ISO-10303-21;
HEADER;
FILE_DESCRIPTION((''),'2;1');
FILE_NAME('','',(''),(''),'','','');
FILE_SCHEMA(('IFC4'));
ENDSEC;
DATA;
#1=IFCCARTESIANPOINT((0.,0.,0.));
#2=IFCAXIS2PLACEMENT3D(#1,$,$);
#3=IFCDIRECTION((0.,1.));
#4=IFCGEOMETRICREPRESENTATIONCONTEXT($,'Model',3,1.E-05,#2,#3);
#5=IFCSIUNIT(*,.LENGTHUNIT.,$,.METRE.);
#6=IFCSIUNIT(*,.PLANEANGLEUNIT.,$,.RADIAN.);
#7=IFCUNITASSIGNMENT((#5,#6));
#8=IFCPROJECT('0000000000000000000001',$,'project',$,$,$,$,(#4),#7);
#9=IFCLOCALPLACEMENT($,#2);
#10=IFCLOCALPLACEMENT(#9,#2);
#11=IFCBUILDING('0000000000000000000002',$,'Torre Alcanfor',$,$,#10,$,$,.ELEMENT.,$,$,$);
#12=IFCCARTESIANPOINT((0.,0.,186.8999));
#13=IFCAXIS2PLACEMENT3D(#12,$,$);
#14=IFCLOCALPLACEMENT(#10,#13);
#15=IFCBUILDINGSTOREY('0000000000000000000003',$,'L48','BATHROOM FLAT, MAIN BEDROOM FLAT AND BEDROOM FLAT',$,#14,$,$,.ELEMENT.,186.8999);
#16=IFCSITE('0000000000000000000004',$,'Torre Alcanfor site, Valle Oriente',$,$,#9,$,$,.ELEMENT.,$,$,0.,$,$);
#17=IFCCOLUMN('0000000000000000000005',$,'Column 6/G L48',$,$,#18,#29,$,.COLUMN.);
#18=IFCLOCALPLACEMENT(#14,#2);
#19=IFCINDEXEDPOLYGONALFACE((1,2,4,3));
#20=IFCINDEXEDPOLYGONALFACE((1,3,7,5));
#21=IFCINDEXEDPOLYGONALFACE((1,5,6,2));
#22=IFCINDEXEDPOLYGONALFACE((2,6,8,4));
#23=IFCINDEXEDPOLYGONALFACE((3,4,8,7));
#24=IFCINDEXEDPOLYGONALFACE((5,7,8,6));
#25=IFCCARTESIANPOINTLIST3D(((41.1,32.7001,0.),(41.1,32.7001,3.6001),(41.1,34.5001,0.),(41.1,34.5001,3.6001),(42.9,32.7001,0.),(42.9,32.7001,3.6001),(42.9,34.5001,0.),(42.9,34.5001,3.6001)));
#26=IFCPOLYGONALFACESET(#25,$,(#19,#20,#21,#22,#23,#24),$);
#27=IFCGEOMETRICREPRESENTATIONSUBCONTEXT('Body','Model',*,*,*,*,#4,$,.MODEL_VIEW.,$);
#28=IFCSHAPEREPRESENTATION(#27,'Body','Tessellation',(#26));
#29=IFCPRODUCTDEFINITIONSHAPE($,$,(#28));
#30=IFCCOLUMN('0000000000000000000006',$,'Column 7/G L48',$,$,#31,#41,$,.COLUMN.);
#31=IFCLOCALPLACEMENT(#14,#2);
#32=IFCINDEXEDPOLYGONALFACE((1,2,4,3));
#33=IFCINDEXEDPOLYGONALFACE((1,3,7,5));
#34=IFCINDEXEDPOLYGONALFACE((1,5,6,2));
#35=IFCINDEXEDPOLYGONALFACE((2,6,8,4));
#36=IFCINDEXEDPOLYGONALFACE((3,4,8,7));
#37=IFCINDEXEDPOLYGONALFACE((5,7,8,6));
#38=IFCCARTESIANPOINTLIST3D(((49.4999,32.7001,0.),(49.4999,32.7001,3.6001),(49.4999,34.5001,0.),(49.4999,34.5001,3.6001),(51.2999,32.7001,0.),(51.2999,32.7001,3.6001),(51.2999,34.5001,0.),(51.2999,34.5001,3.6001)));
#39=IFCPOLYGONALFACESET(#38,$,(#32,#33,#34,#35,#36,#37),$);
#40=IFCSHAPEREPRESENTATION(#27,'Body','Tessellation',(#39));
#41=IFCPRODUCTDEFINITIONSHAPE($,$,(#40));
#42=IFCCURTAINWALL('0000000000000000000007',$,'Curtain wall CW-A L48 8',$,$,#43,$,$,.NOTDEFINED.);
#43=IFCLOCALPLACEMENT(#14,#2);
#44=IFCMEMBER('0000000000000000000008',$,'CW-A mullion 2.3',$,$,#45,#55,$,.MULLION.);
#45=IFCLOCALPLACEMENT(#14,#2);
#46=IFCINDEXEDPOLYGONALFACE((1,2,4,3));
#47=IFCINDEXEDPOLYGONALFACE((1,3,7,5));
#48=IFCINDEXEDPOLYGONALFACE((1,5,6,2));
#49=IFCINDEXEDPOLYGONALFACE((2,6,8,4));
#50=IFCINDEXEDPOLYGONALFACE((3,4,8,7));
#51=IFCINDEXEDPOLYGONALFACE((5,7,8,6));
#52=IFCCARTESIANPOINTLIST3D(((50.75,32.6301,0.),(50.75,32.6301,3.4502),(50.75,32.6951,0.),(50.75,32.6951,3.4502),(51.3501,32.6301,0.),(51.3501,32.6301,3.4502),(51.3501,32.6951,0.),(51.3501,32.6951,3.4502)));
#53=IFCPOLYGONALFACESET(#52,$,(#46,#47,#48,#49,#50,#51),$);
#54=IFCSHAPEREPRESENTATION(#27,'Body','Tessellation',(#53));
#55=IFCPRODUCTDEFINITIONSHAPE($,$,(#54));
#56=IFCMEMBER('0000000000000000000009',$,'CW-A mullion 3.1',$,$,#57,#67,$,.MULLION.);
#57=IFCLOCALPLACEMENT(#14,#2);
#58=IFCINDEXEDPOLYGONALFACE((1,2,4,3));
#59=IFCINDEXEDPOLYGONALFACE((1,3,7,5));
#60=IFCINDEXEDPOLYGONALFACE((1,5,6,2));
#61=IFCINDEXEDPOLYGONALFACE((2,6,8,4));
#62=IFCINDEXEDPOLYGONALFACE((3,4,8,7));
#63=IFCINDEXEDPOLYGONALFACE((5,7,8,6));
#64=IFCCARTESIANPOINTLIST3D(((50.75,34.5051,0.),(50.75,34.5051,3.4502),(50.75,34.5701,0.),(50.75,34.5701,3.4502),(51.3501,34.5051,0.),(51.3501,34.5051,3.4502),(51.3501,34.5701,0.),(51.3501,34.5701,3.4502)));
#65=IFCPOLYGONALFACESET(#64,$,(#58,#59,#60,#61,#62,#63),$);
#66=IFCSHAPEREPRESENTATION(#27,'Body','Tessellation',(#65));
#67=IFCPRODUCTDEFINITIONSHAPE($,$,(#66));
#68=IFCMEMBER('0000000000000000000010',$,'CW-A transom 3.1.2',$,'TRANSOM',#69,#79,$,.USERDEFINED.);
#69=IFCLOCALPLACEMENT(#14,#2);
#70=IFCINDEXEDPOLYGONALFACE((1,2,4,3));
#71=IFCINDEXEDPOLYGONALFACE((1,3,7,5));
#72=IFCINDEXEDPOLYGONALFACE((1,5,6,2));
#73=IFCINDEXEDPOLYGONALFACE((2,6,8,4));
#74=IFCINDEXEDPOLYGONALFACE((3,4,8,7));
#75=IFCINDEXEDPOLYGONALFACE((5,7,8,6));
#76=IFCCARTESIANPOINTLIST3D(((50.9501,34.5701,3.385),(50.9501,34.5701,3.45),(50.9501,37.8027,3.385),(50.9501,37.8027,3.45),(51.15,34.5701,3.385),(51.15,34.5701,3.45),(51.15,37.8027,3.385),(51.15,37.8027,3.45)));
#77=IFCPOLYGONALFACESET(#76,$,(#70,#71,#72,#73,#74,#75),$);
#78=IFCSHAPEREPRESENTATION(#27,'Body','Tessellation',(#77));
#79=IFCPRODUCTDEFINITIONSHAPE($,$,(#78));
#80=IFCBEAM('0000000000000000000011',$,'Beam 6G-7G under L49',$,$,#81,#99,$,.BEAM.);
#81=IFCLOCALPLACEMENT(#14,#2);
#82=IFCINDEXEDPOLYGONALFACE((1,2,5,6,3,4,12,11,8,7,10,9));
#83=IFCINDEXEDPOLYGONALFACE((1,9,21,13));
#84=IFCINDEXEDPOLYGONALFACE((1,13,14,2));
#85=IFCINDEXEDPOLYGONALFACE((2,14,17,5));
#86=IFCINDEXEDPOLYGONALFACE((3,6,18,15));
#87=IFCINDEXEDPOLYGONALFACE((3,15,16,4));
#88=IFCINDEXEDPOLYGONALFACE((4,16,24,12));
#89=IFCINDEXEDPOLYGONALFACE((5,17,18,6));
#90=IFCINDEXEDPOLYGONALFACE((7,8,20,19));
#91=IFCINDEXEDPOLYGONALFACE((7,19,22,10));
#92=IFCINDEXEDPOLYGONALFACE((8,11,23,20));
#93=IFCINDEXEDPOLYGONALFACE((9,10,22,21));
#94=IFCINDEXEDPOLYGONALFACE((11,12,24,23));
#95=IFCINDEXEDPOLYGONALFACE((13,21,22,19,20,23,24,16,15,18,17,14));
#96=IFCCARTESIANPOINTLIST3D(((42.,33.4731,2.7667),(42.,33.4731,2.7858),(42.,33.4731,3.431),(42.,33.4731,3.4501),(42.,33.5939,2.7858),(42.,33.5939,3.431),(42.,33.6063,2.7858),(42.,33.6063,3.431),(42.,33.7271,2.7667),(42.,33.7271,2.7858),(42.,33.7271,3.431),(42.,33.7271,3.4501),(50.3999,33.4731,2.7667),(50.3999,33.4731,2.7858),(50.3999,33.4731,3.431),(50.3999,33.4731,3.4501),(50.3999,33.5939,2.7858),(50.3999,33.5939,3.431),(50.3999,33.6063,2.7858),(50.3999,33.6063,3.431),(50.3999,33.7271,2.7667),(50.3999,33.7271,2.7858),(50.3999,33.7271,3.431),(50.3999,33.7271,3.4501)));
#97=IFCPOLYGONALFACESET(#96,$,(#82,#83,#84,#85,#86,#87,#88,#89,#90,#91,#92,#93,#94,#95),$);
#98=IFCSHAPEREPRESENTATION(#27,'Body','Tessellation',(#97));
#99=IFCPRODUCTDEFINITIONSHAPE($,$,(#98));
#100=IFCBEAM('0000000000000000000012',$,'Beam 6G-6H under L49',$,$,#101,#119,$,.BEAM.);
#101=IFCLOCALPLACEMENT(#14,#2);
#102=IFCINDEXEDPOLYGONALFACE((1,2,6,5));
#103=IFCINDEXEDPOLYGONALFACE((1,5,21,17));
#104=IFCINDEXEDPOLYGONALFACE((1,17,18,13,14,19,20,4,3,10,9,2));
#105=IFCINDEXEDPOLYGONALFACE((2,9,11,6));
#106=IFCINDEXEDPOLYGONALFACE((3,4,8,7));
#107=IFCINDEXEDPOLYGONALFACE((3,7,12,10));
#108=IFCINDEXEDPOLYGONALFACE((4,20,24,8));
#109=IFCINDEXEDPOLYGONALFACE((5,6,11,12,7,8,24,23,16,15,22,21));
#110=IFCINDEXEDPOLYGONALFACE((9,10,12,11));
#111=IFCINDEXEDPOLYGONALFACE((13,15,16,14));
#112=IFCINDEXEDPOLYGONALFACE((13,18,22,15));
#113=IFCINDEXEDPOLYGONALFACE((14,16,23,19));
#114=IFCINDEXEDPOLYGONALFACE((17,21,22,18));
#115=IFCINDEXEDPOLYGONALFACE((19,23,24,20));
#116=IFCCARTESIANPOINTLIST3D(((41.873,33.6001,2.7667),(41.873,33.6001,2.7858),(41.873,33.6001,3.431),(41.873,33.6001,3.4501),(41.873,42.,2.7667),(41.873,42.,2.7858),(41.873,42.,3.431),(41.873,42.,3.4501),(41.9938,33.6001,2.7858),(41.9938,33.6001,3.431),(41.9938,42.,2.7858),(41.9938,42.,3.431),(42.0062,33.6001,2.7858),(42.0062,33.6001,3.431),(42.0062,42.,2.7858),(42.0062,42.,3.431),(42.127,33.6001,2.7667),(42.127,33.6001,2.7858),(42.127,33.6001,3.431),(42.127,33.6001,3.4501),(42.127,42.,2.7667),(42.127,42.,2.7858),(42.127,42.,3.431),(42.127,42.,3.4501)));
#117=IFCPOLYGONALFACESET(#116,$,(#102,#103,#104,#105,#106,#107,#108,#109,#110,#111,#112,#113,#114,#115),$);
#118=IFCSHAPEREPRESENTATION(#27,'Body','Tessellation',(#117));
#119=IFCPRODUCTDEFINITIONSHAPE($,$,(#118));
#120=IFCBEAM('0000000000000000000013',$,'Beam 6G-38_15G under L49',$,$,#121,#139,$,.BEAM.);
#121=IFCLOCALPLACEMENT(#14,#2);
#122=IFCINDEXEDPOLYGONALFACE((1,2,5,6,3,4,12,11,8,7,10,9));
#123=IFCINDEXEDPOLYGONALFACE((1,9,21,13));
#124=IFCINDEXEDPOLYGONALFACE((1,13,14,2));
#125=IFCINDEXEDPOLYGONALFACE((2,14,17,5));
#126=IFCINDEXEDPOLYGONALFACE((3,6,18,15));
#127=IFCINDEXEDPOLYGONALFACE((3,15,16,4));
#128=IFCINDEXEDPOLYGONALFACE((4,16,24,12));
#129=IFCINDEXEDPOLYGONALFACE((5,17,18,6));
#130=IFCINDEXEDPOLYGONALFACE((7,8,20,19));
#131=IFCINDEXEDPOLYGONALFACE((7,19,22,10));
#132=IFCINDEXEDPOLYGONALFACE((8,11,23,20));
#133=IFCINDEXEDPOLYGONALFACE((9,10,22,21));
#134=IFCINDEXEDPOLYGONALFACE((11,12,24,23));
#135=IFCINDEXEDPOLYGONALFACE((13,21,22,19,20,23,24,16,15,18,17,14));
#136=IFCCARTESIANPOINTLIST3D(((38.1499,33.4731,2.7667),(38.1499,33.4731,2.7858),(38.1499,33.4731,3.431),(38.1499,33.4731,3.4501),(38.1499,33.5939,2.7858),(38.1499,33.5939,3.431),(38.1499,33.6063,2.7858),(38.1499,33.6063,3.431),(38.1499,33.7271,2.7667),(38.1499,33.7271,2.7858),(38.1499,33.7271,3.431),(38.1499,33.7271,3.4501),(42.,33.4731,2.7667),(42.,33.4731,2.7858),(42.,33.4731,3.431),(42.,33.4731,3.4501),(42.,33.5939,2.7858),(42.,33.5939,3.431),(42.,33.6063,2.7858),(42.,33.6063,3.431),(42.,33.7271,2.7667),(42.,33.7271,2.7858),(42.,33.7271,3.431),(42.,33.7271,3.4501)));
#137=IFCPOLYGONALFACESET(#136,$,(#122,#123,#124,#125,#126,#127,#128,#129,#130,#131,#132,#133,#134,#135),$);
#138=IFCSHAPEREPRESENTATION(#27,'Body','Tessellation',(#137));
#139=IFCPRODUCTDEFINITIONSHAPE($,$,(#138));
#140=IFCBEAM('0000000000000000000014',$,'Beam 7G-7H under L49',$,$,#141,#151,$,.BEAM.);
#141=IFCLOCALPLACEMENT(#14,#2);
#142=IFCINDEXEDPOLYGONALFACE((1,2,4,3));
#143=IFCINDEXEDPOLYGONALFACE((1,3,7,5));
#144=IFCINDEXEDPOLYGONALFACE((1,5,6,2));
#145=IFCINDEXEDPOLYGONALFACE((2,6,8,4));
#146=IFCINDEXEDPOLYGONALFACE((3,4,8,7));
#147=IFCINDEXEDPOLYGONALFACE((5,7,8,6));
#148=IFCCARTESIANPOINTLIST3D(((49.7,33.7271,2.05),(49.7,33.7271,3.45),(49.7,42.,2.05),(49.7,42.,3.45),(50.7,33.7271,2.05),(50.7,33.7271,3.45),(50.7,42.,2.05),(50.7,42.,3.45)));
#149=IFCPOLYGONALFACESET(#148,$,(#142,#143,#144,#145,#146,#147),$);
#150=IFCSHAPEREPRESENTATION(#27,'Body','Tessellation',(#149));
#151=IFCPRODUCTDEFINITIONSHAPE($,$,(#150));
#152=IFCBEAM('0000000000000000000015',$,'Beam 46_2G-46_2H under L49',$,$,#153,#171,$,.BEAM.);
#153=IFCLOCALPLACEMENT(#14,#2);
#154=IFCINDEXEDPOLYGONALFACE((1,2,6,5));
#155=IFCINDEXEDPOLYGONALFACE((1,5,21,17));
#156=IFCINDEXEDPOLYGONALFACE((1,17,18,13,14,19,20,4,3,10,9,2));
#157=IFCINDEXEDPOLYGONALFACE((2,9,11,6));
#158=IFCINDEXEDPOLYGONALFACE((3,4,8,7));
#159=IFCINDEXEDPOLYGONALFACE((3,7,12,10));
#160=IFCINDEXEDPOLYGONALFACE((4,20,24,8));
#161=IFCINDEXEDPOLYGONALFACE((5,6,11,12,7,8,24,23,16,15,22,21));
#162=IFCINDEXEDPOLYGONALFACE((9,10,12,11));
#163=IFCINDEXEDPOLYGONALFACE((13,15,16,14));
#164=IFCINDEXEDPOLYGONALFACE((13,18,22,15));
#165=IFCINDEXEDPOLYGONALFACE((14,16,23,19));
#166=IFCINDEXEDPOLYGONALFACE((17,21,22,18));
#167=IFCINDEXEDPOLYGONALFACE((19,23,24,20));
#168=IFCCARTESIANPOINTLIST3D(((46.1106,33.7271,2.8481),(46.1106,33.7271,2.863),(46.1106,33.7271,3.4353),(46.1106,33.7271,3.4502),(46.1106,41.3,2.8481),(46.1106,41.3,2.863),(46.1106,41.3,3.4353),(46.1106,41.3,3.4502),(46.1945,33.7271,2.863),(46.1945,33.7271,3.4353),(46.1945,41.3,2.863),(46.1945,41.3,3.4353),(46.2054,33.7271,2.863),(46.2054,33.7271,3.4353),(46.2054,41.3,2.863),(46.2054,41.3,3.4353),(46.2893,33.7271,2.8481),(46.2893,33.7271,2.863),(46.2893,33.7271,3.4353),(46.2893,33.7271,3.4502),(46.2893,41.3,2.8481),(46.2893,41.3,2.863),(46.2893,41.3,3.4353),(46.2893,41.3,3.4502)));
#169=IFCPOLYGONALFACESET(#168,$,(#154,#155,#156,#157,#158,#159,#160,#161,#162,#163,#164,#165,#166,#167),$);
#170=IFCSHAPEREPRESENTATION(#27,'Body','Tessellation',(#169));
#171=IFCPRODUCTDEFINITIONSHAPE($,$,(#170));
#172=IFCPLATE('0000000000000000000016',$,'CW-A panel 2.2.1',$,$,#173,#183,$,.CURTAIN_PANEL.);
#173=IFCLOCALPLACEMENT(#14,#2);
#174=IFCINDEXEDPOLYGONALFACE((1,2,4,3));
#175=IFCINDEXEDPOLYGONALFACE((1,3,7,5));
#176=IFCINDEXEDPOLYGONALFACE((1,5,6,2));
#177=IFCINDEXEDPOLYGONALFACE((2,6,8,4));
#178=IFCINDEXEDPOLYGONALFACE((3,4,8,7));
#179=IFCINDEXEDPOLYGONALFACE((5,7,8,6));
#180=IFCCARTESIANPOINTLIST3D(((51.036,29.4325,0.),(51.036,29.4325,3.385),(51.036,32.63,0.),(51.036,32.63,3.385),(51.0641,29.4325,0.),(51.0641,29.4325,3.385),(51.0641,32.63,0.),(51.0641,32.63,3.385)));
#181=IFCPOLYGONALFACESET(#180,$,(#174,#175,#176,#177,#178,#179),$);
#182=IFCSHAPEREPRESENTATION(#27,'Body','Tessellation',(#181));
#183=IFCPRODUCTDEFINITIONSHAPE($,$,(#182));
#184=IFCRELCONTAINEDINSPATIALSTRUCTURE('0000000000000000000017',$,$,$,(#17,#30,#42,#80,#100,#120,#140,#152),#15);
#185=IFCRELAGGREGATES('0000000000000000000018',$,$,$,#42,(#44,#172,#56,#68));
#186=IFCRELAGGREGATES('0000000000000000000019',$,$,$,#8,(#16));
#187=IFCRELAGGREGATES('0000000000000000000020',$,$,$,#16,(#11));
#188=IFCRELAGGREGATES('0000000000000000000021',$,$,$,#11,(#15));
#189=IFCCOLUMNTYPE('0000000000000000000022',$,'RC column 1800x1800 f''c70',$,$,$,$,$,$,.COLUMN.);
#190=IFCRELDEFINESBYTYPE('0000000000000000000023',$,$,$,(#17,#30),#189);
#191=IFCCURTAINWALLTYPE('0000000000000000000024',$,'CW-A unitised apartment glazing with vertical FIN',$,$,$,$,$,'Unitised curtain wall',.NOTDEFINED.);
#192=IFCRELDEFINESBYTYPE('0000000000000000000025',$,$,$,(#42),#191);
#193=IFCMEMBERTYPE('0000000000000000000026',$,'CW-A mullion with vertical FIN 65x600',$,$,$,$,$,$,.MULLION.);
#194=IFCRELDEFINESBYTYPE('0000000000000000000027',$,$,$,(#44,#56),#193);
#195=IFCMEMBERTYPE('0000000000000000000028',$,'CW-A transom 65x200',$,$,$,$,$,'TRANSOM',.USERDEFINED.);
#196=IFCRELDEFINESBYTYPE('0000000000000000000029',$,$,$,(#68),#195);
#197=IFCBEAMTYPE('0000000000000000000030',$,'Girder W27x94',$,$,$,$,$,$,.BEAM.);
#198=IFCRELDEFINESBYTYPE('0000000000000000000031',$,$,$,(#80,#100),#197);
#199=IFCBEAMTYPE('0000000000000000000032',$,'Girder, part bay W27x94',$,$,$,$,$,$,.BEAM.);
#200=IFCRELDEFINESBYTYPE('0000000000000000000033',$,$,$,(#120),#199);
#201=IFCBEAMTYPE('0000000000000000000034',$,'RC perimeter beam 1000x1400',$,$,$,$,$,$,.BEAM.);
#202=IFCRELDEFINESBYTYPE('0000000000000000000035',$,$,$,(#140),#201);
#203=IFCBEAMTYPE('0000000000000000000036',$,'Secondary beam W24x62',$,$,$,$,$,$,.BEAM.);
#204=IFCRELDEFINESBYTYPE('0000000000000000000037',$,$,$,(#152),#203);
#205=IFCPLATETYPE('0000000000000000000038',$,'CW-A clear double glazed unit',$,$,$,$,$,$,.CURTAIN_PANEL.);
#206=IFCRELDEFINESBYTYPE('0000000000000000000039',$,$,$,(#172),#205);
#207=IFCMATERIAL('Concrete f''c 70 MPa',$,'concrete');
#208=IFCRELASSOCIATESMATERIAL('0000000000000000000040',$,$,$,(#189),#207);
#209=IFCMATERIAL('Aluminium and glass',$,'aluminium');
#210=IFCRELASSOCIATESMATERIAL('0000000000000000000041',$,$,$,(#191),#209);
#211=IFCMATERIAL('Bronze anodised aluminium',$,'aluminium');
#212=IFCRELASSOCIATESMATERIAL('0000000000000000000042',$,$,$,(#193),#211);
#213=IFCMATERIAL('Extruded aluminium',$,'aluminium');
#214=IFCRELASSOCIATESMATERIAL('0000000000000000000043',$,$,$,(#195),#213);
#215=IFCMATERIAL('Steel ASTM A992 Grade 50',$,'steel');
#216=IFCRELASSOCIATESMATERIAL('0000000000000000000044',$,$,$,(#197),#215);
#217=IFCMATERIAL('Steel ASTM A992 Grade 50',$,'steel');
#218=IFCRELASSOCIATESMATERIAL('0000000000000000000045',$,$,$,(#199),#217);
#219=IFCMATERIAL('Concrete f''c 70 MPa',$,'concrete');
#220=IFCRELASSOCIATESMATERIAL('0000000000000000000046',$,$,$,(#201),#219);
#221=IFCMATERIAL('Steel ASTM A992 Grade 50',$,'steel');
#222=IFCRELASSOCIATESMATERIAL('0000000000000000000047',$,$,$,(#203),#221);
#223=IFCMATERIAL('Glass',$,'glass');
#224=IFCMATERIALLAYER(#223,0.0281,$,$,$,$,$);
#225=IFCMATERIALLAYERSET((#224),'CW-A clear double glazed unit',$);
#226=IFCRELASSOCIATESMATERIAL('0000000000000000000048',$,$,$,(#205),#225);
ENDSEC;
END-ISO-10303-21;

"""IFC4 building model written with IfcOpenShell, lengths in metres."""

from ifc_helpers import new_model, si_unit, direction, frame, origin, origin_2d, place, context, subcontext, project, spatial, rectangle, i_section, extrude, material, layer, layer_set, material_profile, profile_set, type_object, element, aggregate, save


model = new_model("IFC4")

# Units and contexts
model_context = context("Model", 3, precision=1e-05, world=origin(), true_north=direction((0.0, 1.0)))
body_context = subcontext(model_context, "Body", "Model", "MODEL_VIEW")
ifc_project = project(units=[si_unit("LENGTHUNIT", "METRE"), si_unit("PLANEANGLEUNIT", "RADIAN")], contexts=[model_context])

# Site, building, storey
site_placement = place(None, origin())
site = spatial("IfcSite", under=ifc_project, at=site_placement, Name="Torre Alcanfor site, Valle Oriente", CompositionType="ELEMENT", RefElevation=0.0)
building_placement = place(site_placement, origin())
building = spatial("IfcBuilding", under=site, at=building_placement, Name="Torre Alcanfor", CompositionType="ELEMENT")
storey_placement = place(building_placement, frame((0.0, 0.0, 186.8999)))
storey = spatial("IfcBuildingStorey", under=building, at=storey_placement, Name="L48", Description="BATHROOM FLAT, MAIN BEDROOM FLAT AND BEDROOM FLAT", CompositionType="ELEMENT", Elevation=186.8999)

# Columns
ifc_material_1 = material(Name="Concrete f'c 70 MPa", Category="concrete")
ifc_material_profile_1 = material_profile(ifc_material_1, rectangle(XDim=1.8, YDim=1.8, at=origin_2d()), Name="1800x1800")
ifc_profile_set_1 = profile_set([ifc_material_profile_1], Name="Concrete f'c 70 MPa")
column_type = type_object("IfcColumnType", Name="RC column 1800x1800 f'c70", PredefinedType="COLUMN", material=ifc_profile_set_1)
for number, where, z_axis, x_axis, name in (
    (1, (42.0, 33.6001, 0.0), (0.0, 0.0, 1.0), (1.0, 0.0, 0.0), "Column 6/G L48"),
    (2, (50.3999, 33.6001, 0.0), (0.0, 0.0, 1.0), (1.0, 0.0, 0.0), "Column 7/G L48"),
):
    element("IfcColumn", number, at=place(storey_placement, frame(where, z_axis=z_axis, x_axis=x_axis)), inside=storey, type_object=column_type, Name=name, PredefinedType="COLUMN", context=body_context, shape_type="SweptSolid", body=[
        extrude(rectangle(XDim=1.8, YDim=1.8, at=origin_2d()), origin(), (0.0, 0.0, 1.0), 3.6001),
    ])

# Curtain wall, members
ifc_material_2 = material(Name="Aluminium and glass", Category="aluminium")
curtain_wall_type = type_object("IfcCurtainWallType", Name="CW-A unitised apartment glazing with vertical FIN", ElementType="Unitised curtain wall", PredefinedType="NOTDEFINED", material=ifc_material_2)
curtain_wall_placement = place(storey_placement, origin())
curtain_wall = element("IfcCurtainWall", 3, at=curtain_wall_placement, inside=storey, type_object=curtain_wall_type, Name="Curtain wall CW-A L48 8", PredefinedType="NOTDEFINED")
ifc_material_3 = material(Name="Bronze anodised aluminium", Category="aluminium")
ifc_material_profile_2 = material_profile(ifc_material_3, rectangle(XDim=0.6001, YDim=0.0649, at=origin_2d()), Name="CW-A mullion 65x600")
ifc_profile_set_2 = profile_set([ifc_material_profile_2], Name="Bronze anodised aluminium")
member_type_1 = type_object("IfcMemberType", Name="CW-A mullion with vertical FIN 65x600", PredefinedType="MULLION", material=ifc_profile_set_2)
member_1_placement = place(storey_placement, frame((51.05, 32.6626, 0.0), z_axis=(0.0, 0.0, 1.0), x_axis=(-1.0, 0.0, 0.0)))
member_1 = element("IfcMember", 4, at=member_1_placement, type_object=member_type_1, Name="CW-A mullion 2.3", PredefinedType="MULLION", context=body_context, shape_type="SweptSolid", body=[
    extrude(rectangle(XDim=0.6001, YDim=0.0649, at=origin_2d()), origin(), (0.0, 0.0, 1.0), 3.4502),
])
member_2_placement = place(storey_placement, frame((51.05, 34.5376, 0.0), z_axis=(0.0, 0.0, 1.0), x_axis=(-1.0, 0.0, 0.0)))
member_2 = element("IfcMember", 5, at=member_2_placement, type_object=member_type_1, Name="CW-A mullion 3.1", PredefinedType="MULLION", context=body_context, shape_type="SweptSolid", body=[
    extrude(rectangle(XDim=0.6001, YDim=0.0649, at=origin_2d()), origin(), (0.0, 0.0, 1.0), 3.4502),
])
ifc_material_4 = material(Name="Extruded aluminium", Category="aluminium")
ifc_material_profile_3 = material_profile(ifc_material_4, rectangle(XDim=0.2, YDim=0.0649, at=origin_2d()), Name="CW-A transom 200x65")
ifc_profile_set_3 = profile_set([ifc_material_profile_3], Name="Extruded aluminium")
member_type_2 = type_object("IfcMemberType", Name="CW-A transom 65x200", ElementType="TRANSOM", PredefinedType="USERDEFINED", material=ifc_profile_set_3)
member_3_placement = place(storey_placement, frame((51.05, 34.5701, 3.4175), z_axis=(0.0, 1.0, 0.0), x_axis=(-1.0, 0.0, 0.0)))
member_3 = element("IfcMember", 6, at=member_3_placement, type_object=member_type_2, Name="CW-A transom 3.1.2", ObjectType="TRANSOM", PredefinedType="USERDEFINED", context=body_context, shape_type="SweptSolid", body=[
    extrude(rectangle(XDim=0.2, YDim=0.0649, at=origin_2d()), origin(), (0.0, 0.0, 1.0), 3.2327),
])

# Beams
ifc_material_5 = material(Name="Steel ASTM A992 Grade 50", Category="steel")
ifc_material_profile_4 = material_profile(ifc_material_5, i_section(OverallWidth=0.2539, OverallDepth=0.6833, WebThickness=0.0125, FlangeThickness=0.019, at=origin_2d()), Name="W27x94")
ifc_profile_set_4 = profile_set([ifc_material_profile_4], Name="Steel ASTM A992 Grade 50")
beam_type_1 = type_object("IfcBeamType", Name="Girder W27x94", PredefinedType="BEAM", material=ifc_profile_set_4)
for number, where, z_axis, x_axis, name in (
    (7, (42.0, 33.6001, 3.1084), (1.0, 0.0, 0.0), (0.0, 1.0, 0.0), "Beam 6G-7G under L49"),
    (8, (42.0, 33.6001, 3.1084), (0.0, 1.0, 0.0), (-1.0, 0.0, 0.0), "Beam 6G-6H under L49"),
):
    element("IfcBeam", number, at=place(storey_placement, frame(where, z_axis=z_axis, x_axis=x_axis)), inside=storey, type_object=beam_type_1, Name=name, PredefinedType="BEAM", context=body_context, shape_type="SweptSolid", body=[
        extrude(i_section(OverallWidth=0.2539, OverallDepth=0.6833, WebThickness=0.0125, FlangeThickness=0.019, at=origin_2d()), origin(), (0.0, 0.0, 1.0), 8.3999),
    ])
ifc_material_6 = material(Name="Steel ASTM A992 Grade 50", Category="steel")
ifc_material_profile_5 = material_profile(ifc_material_6, i_section(OverallWidth=0.2539, OverallDepth=0.6833, WebThickness=0.0125, FlangeThickness=0.019, at=origin_2d()), Name="W27x94")
ifc_profile_set_5 = profile_set([ifc_material_profile_5], Name="Steel ASTM A992 Grade 50")
beam_type_2 = type_object("IfcBeamType", Name="Girder, part bay W27x94", PredefinedType="BEAM", material=ifc_profile_set_5)
beam_1_placement = place(storey_placement, frame((42.0, 33.6001, 3.1084), z_axis=(-1.0, 0.0, 0.0), x_axis=(0.0, -1.0, 0.0)))
element("IfcBeam", 9, at=beam_1_placement, inside=storey, type_object=beam_type_2, Name="Beam 6G-38_15G under L49", PredefinedType="BEAM", context=body_context, shape_type="SweptSolid", body=[
    extrude(i_section(OverallWidth=0.2539, OverallDepth=0.6833, WebThickness=0.0125, FlangeThickness=0.019, at=origin_2d()), origin(), (0.0, 0.0, 1.0), 3.8501),
])
ifc_material_7 = material(Name="Concrete f'c 70 MPa", Category="concrete")
ifc_material_profile_6 = material_profile(ifc_material_7, rectangle(XDim=1.0, YDim=1.3999, at=origin_2d()), Name="1000x1400")
ifc_profile_set_6 = profile_set([ifc_material_profile_6], Name="Concrete f'c 70 MPa")
beam_type_3 = type_object("IfcBeamType", Name="RC perimeter beam 1000x1400", PredefinedType="BEAM", material=ifc_profile_set_6)
beam_2_placement = place(storey_placement, frame((50.2, 33.7271, 2.75), z_axis=(0.0, 1.0, 0.0), x_axis=(-1.0, 0.0, 0.0)))
element("IfcBeam", 10, at=beam_2_placement, inside=storey, type_object=beam_type_3, Name="Beam 7G-7H under L49", PredefinedType="BEAM", context=body_context, shape_type="SweptSolid", body=[
    extrude(rectangle(XDim=1.0, YDim=1.3999, at=origin_2d()), origin(), (0.0, 0.0, 1.0), 8.2729),
])
ifc_material_8 = material(Name="Steel ASTM A992 Grade 50", Category="steel")
ifc_material_profile_7 = material_profile(ifc_material_8, i_section(OverallWidth=0.1787, OverallDepth=0.6021, WebThickness=0.011, FlangeThickness=0.0149, at=origin_2d()), Name="W24x62")
ifc_profile_set_7 = profile_set([ifc_material_profile_7], Name="Steel ASTM A992 Grade 50")
beam_type_4 = type_object("IfcBeamType", Name="Secondary beam W24x62", PredefinedType="BEAM", material=ifc_profile_set_7)
beam_3_placement = place(storey_placement, frame((46.2, 33.7271, 3.1492), z_axis=(0.0, 1.0, 0.0), x_axis=(-1.0, 0.0, 0.0)))
element("IfcBeam", 11, at=beam_3_placement, inside=storey, type_object=beam_type_4, Name="Beam 46_2G-46_2H under L49", PredefinedType="BEAM", context=body_context, shape_type="SweptSolid", body=[
    extrude(i_section(OverallWidth=0.1787, OverallDepth=0.6021, WebThickness=0.011, FlangeThickness=0.0149, at=origin_2d()), origin(), (0.0, 0.0, 1.0), 7.573),
])

# Plate
ifc_material_9 = material(Name="Glass", Category="glass")
ifc_layer_1 = layer(ifc_material_9, 0.0281)
ifc_layer_set_1 = layer_set([ifc_layer_1], Name="CW-A clear double glazed unit")
plate_type = type_object("IfcPlateType", Name="CW-A clear double glazed unit", PredefinedType="CURTAIN_PANEL", material=ifc_layer_set_1)
plate_placement = place(storey_placement, frame((51.05, 31.0312, 0.0), z_axis=(0.0, 0.0, 1.0), x_axis=(0.0, 1.0, 0.0)))
plate = element("IfcPlate", 12, at=plate_placement, type_object=plate_type, Name="CW-A panel 2.2.1", PredefinedType="CURTAIN_PANEL", context=body_context, shape_type="SweptSolid", body=[
    extrude(rectangle(XDim=3.1975, YDim=0.0281, at=origin_2d()), origin(), (0.0, 0.0, 1.0), 3.385),
])
aggregate(curtain_wall, [member_1, plate, member_2, member_3])

save(model, "model.ifc")
